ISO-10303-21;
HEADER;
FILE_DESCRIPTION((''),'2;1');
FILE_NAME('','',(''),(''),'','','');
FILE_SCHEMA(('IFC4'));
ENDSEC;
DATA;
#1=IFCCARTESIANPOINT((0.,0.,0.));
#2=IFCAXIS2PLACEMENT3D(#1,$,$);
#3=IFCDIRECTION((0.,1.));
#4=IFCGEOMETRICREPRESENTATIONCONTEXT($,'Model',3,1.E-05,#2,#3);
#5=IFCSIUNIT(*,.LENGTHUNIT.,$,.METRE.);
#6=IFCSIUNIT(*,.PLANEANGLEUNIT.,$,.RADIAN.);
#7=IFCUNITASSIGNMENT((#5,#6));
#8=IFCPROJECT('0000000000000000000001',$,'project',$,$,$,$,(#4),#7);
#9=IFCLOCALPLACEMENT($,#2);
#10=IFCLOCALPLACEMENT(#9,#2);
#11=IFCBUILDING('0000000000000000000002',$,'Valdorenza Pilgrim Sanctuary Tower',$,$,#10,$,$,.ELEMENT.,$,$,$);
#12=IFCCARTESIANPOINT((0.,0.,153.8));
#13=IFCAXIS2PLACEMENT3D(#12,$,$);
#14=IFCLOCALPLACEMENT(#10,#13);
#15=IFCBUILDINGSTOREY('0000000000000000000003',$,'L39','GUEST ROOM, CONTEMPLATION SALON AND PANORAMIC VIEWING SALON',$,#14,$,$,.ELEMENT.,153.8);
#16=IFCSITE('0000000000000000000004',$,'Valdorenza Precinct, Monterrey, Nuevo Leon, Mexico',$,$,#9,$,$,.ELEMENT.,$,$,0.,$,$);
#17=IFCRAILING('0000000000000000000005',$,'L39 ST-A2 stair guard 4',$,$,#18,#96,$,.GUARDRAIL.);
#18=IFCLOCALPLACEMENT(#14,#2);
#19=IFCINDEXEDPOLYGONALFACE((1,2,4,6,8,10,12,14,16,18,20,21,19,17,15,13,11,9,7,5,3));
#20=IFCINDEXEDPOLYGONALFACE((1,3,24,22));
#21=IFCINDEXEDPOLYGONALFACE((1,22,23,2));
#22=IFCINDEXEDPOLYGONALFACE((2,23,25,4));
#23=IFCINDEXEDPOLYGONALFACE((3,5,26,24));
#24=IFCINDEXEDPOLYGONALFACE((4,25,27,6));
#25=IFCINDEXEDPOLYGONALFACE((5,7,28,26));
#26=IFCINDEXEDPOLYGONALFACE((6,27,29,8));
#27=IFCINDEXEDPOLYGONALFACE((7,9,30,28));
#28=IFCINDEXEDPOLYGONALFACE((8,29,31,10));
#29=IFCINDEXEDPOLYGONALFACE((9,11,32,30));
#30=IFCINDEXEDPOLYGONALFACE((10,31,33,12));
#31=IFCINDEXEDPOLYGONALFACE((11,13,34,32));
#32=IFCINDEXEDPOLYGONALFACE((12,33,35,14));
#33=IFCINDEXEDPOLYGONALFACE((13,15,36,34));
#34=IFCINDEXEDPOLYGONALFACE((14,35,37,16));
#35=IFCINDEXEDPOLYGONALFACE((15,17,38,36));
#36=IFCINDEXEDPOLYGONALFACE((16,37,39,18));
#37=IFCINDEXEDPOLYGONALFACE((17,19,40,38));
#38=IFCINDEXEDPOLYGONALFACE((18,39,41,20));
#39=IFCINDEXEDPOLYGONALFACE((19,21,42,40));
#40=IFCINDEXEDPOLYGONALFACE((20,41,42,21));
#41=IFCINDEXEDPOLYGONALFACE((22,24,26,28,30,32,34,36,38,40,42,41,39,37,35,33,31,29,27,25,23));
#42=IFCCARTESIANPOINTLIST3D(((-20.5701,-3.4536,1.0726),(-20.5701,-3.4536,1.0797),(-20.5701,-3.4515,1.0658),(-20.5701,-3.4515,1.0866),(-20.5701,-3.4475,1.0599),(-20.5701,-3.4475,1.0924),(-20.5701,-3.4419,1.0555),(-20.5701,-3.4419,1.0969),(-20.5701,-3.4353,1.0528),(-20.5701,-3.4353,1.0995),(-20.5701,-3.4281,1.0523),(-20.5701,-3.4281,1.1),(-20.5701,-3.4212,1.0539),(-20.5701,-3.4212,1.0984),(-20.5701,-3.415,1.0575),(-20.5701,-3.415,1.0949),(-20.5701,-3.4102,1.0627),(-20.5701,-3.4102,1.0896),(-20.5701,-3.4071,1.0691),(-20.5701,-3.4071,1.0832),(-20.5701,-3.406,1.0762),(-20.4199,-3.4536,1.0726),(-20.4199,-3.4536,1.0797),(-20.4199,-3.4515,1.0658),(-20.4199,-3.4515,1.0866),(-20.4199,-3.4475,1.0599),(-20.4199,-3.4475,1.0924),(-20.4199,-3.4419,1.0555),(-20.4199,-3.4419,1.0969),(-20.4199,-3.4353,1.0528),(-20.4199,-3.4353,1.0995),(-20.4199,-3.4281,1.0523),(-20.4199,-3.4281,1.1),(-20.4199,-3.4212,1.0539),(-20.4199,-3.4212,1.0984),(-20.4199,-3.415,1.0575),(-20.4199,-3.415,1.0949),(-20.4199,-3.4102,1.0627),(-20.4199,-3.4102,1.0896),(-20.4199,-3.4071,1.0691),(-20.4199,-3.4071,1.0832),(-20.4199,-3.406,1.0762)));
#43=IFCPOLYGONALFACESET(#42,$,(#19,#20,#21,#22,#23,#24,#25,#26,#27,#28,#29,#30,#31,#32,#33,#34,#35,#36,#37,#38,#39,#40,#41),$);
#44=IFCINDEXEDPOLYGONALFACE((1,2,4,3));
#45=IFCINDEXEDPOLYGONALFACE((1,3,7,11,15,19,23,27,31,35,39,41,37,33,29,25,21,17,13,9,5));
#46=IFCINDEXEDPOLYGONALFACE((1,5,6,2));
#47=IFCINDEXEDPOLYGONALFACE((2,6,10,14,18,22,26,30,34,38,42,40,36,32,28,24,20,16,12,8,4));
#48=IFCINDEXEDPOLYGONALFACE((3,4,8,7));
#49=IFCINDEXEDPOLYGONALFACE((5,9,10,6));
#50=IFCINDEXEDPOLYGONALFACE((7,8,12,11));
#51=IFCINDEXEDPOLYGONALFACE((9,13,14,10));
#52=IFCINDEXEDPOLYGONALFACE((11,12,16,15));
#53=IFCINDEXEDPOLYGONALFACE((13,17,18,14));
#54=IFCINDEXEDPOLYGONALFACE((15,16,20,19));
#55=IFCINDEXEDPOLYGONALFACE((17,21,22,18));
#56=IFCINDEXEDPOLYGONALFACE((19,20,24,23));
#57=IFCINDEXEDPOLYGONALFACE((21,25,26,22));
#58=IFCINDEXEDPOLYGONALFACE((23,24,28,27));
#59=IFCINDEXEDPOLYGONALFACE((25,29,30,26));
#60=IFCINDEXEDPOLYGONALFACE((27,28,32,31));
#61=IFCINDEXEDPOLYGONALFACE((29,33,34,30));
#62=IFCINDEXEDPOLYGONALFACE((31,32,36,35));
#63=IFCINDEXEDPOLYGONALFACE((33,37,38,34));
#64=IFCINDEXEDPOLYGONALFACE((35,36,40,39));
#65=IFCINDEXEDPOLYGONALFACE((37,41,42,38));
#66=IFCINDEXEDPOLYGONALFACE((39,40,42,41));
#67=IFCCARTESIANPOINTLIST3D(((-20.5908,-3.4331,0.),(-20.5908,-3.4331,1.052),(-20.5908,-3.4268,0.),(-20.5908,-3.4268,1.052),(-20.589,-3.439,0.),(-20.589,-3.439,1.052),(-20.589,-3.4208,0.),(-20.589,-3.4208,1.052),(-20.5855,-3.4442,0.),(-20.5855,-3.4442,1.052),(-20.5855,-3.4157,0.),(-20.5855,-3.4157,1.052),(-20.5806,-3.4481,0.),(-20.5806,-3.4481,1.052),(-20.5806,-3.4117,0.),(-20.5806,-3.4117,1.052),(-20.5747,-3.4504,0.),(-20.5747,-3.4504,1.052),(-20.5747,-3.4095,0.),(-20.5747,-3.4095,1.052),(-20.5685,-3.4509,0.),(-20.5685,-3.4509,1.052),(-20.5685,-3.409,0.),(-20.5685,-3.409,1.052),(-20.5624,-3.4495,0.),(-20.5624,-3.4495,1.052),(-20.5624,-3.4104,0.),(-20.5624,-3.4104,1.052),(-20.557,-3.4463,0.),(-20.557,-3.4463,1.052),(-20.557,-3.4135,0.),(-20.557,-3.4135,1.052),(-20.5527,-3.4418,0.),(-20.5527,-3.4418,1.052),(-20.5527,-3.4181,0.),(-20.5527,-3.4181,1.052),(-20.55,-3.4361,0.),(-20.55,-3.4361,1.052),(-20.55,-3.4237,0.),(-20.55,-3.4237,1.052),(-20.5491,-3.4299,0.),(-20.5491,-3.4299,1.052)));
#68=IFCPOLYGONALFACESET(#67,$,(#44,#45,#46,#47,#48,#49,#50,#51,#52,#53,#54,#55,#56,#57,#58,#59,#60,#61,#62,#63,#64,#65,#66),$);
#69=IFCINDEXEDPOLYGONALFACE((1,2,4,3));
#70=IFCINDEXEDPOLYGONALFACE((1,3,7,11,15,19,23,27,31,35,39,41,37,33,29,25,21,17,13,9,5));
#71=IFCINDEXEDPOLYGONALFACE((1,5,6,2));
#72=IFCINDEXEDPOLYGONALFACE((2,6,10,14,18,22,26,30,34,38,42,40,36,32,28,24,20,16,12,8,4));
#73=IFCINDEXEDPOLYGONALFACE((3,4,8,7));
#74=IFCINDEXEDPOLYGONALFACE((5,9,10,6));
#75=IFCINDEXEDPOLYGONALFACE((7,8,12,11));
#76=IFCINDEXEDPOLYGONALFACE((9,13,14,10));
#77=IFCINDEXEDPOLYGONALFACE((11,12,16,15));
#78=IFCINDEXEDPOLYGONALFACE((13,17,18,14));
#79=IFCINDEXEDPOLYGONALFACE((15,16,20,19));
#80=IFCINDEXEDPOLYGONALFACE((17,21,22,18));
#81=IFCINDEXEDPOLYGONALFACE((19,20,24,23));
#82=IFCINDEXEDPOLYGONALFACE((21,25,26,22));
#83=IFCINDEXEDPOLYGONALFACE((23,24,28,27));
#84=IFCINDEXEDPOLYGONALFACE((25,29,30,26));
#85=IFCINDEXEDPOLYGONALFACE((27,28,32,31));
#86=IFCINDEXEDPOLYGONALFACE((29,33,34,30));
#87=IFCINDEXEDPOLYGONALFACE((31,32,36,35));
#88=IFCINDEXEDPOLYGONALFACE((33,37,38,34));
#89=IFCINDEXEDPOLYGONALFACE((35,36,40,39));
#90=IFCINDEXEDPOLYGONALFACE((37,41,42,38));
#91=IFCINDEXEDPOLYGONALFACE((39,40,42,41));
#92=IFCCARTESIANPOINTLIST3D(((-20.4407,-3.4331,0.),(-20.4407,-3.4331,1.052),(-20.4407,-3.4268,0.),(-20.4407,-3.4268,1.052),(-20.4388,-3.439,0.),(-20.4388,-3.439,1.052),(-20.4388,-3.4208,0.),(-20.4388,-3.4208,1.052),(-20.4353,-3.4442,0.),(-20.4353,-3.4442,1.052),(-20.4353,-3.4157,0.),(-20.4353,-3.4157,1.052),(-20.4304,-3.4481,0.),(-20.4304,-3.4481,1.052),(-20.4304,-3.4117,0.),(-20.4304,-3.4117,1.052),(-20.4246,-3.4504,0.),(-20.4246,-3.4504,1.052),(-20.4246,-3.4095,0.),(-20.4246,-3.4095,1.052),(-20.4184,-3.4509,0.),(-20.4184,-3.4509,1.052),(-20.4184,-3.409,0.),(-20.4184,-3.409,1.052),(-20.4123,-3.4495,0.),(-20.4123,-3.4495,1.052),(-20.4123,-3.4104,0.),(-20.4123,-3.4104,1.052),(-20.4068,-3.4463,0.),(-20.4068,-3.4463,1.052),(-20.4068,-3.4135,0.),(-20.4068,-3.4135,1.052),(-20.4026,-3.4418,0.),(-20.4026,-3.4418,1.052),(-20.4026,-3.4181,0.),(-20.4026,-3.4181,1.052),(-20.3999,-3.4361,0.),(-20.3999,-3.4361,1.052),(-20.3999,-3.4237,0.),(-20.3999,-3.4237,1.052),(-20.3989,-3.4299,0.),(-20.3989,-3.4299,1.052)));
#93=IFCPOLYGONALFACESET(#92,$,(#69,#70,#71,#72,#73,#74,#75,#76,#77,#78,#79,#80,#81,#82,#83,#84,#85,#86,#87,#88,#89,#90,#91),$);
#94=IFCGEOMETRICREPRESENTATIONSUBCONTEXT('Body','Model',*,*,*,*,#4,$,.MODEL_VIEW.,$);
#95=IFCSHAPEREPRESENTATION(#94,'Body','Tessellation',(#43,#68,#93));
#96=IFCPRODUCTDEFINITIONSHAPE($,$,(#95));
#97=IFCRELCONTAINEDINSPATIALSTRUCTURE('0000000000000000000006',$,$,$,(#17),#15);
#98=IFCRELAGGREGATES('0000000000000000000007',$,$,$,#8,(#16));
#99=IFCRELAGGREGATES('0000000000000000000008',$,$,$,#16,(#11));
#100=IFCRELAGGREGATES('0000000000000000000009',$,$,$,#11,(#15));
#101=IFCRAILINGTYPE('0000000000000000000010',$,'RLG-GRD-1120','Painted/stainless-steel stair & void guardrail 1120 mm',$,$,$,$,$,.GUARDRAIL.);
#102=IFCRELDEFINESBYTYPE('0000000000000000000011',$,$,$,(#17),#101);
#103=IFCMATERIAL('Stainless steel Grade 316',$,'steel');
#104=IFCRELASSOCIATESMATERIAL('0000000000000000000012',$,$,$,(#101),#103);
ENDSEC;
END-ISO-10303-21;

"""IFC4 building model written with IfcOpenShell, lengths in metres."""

from ifc_helpers import new_model, si_unit, direction, frame, origin, origin_2d, place, context, subcontext, project, spatial, circle, extrude, material, type_object, element, save


model = new_model("IFC4")

# Units and contexts
model_context = context("Model", 3, precision=1e-05, world=origin(), true_north=direction((0.0, 1.0)))
body_context = subcontext(model_context, "Body", "Model", "MODEL_VIEW")
ifc_project = project(units=[si_unit("LENGTHUNIT", "METRE"), si_unit("PLANEANGLEUNIT", "RADIAN")], contexts=[model_context])

# Site, building, storey
site_placement = place(None, origin())
site = spatial("IfcSite", under=ifc_project, at=site_placement, Name="Valdorenza Precinct, Monterrey, Nuevo Leon, Mexico", CompositionType="ELEMENT", RefElevation=0.0)
building_placement = place(site_placement, origin())
building = spatial("IfcBuilding", under=site, at=building_placement, Name="Valdorenza Pilgrim Sanctuary Tower", CompositionType="ELEMENT")
storey_placement = place(building_placement, frame((0.0, 0.0, 153.8)))
storey = spatial("IfcBuildingStorey", under=building, at=storey_placement, Name="L39", Description="GUEST ROOM, CONTEMPLATION SALON AND PANORAMIC VIEWING SALON", CompositionType="ELEMENT", Elevation=153.8)

# Railing
ifc_material_1 = material(Name="Stainless steel Grade 316", Category="steel")
railing_type_1 = type_object("IfcRailingType", Name="RLG-GRD-1120", Description="Painted/stainless-steel stair & void guardrail 1120 mm", PredefinedType="GUARDRAIL", material=ifc_material_1)
railing_1_placement = place(storey_placement, frame((-20.5701, -3.4299, 0.0)))
element("IfcRailing", 1, at=railing_1_placement, inside=storey, type_object=railing_type_1, Name="L39 ST-A2 stair guard 4", PredefinedType="GUARDRAIL", context=body_context, shape_type="SweptSolid", body=[
    extrude(circle(Radius=0.0239, at=origin_2d()), frame((0.0, 0.0, 1.0762), z_axis=(1.0, 0.0, 0.0), x_axis=(0.0, 1.0, 0.0)), (0.0, 0.0, 1.0), 0.1501),
    extrude(circle(Radius=0.021, at=origin_2d()), origin(), (0.0, 0.0, 1.0), 1.052),
    extrude(circle(Radius=0.021, at=origin_2d()), frame((0.1501, 0.0, 0.0)), (0.0, 0.0, 1.0), 1.052),
])

save(model, "model.ifc")
